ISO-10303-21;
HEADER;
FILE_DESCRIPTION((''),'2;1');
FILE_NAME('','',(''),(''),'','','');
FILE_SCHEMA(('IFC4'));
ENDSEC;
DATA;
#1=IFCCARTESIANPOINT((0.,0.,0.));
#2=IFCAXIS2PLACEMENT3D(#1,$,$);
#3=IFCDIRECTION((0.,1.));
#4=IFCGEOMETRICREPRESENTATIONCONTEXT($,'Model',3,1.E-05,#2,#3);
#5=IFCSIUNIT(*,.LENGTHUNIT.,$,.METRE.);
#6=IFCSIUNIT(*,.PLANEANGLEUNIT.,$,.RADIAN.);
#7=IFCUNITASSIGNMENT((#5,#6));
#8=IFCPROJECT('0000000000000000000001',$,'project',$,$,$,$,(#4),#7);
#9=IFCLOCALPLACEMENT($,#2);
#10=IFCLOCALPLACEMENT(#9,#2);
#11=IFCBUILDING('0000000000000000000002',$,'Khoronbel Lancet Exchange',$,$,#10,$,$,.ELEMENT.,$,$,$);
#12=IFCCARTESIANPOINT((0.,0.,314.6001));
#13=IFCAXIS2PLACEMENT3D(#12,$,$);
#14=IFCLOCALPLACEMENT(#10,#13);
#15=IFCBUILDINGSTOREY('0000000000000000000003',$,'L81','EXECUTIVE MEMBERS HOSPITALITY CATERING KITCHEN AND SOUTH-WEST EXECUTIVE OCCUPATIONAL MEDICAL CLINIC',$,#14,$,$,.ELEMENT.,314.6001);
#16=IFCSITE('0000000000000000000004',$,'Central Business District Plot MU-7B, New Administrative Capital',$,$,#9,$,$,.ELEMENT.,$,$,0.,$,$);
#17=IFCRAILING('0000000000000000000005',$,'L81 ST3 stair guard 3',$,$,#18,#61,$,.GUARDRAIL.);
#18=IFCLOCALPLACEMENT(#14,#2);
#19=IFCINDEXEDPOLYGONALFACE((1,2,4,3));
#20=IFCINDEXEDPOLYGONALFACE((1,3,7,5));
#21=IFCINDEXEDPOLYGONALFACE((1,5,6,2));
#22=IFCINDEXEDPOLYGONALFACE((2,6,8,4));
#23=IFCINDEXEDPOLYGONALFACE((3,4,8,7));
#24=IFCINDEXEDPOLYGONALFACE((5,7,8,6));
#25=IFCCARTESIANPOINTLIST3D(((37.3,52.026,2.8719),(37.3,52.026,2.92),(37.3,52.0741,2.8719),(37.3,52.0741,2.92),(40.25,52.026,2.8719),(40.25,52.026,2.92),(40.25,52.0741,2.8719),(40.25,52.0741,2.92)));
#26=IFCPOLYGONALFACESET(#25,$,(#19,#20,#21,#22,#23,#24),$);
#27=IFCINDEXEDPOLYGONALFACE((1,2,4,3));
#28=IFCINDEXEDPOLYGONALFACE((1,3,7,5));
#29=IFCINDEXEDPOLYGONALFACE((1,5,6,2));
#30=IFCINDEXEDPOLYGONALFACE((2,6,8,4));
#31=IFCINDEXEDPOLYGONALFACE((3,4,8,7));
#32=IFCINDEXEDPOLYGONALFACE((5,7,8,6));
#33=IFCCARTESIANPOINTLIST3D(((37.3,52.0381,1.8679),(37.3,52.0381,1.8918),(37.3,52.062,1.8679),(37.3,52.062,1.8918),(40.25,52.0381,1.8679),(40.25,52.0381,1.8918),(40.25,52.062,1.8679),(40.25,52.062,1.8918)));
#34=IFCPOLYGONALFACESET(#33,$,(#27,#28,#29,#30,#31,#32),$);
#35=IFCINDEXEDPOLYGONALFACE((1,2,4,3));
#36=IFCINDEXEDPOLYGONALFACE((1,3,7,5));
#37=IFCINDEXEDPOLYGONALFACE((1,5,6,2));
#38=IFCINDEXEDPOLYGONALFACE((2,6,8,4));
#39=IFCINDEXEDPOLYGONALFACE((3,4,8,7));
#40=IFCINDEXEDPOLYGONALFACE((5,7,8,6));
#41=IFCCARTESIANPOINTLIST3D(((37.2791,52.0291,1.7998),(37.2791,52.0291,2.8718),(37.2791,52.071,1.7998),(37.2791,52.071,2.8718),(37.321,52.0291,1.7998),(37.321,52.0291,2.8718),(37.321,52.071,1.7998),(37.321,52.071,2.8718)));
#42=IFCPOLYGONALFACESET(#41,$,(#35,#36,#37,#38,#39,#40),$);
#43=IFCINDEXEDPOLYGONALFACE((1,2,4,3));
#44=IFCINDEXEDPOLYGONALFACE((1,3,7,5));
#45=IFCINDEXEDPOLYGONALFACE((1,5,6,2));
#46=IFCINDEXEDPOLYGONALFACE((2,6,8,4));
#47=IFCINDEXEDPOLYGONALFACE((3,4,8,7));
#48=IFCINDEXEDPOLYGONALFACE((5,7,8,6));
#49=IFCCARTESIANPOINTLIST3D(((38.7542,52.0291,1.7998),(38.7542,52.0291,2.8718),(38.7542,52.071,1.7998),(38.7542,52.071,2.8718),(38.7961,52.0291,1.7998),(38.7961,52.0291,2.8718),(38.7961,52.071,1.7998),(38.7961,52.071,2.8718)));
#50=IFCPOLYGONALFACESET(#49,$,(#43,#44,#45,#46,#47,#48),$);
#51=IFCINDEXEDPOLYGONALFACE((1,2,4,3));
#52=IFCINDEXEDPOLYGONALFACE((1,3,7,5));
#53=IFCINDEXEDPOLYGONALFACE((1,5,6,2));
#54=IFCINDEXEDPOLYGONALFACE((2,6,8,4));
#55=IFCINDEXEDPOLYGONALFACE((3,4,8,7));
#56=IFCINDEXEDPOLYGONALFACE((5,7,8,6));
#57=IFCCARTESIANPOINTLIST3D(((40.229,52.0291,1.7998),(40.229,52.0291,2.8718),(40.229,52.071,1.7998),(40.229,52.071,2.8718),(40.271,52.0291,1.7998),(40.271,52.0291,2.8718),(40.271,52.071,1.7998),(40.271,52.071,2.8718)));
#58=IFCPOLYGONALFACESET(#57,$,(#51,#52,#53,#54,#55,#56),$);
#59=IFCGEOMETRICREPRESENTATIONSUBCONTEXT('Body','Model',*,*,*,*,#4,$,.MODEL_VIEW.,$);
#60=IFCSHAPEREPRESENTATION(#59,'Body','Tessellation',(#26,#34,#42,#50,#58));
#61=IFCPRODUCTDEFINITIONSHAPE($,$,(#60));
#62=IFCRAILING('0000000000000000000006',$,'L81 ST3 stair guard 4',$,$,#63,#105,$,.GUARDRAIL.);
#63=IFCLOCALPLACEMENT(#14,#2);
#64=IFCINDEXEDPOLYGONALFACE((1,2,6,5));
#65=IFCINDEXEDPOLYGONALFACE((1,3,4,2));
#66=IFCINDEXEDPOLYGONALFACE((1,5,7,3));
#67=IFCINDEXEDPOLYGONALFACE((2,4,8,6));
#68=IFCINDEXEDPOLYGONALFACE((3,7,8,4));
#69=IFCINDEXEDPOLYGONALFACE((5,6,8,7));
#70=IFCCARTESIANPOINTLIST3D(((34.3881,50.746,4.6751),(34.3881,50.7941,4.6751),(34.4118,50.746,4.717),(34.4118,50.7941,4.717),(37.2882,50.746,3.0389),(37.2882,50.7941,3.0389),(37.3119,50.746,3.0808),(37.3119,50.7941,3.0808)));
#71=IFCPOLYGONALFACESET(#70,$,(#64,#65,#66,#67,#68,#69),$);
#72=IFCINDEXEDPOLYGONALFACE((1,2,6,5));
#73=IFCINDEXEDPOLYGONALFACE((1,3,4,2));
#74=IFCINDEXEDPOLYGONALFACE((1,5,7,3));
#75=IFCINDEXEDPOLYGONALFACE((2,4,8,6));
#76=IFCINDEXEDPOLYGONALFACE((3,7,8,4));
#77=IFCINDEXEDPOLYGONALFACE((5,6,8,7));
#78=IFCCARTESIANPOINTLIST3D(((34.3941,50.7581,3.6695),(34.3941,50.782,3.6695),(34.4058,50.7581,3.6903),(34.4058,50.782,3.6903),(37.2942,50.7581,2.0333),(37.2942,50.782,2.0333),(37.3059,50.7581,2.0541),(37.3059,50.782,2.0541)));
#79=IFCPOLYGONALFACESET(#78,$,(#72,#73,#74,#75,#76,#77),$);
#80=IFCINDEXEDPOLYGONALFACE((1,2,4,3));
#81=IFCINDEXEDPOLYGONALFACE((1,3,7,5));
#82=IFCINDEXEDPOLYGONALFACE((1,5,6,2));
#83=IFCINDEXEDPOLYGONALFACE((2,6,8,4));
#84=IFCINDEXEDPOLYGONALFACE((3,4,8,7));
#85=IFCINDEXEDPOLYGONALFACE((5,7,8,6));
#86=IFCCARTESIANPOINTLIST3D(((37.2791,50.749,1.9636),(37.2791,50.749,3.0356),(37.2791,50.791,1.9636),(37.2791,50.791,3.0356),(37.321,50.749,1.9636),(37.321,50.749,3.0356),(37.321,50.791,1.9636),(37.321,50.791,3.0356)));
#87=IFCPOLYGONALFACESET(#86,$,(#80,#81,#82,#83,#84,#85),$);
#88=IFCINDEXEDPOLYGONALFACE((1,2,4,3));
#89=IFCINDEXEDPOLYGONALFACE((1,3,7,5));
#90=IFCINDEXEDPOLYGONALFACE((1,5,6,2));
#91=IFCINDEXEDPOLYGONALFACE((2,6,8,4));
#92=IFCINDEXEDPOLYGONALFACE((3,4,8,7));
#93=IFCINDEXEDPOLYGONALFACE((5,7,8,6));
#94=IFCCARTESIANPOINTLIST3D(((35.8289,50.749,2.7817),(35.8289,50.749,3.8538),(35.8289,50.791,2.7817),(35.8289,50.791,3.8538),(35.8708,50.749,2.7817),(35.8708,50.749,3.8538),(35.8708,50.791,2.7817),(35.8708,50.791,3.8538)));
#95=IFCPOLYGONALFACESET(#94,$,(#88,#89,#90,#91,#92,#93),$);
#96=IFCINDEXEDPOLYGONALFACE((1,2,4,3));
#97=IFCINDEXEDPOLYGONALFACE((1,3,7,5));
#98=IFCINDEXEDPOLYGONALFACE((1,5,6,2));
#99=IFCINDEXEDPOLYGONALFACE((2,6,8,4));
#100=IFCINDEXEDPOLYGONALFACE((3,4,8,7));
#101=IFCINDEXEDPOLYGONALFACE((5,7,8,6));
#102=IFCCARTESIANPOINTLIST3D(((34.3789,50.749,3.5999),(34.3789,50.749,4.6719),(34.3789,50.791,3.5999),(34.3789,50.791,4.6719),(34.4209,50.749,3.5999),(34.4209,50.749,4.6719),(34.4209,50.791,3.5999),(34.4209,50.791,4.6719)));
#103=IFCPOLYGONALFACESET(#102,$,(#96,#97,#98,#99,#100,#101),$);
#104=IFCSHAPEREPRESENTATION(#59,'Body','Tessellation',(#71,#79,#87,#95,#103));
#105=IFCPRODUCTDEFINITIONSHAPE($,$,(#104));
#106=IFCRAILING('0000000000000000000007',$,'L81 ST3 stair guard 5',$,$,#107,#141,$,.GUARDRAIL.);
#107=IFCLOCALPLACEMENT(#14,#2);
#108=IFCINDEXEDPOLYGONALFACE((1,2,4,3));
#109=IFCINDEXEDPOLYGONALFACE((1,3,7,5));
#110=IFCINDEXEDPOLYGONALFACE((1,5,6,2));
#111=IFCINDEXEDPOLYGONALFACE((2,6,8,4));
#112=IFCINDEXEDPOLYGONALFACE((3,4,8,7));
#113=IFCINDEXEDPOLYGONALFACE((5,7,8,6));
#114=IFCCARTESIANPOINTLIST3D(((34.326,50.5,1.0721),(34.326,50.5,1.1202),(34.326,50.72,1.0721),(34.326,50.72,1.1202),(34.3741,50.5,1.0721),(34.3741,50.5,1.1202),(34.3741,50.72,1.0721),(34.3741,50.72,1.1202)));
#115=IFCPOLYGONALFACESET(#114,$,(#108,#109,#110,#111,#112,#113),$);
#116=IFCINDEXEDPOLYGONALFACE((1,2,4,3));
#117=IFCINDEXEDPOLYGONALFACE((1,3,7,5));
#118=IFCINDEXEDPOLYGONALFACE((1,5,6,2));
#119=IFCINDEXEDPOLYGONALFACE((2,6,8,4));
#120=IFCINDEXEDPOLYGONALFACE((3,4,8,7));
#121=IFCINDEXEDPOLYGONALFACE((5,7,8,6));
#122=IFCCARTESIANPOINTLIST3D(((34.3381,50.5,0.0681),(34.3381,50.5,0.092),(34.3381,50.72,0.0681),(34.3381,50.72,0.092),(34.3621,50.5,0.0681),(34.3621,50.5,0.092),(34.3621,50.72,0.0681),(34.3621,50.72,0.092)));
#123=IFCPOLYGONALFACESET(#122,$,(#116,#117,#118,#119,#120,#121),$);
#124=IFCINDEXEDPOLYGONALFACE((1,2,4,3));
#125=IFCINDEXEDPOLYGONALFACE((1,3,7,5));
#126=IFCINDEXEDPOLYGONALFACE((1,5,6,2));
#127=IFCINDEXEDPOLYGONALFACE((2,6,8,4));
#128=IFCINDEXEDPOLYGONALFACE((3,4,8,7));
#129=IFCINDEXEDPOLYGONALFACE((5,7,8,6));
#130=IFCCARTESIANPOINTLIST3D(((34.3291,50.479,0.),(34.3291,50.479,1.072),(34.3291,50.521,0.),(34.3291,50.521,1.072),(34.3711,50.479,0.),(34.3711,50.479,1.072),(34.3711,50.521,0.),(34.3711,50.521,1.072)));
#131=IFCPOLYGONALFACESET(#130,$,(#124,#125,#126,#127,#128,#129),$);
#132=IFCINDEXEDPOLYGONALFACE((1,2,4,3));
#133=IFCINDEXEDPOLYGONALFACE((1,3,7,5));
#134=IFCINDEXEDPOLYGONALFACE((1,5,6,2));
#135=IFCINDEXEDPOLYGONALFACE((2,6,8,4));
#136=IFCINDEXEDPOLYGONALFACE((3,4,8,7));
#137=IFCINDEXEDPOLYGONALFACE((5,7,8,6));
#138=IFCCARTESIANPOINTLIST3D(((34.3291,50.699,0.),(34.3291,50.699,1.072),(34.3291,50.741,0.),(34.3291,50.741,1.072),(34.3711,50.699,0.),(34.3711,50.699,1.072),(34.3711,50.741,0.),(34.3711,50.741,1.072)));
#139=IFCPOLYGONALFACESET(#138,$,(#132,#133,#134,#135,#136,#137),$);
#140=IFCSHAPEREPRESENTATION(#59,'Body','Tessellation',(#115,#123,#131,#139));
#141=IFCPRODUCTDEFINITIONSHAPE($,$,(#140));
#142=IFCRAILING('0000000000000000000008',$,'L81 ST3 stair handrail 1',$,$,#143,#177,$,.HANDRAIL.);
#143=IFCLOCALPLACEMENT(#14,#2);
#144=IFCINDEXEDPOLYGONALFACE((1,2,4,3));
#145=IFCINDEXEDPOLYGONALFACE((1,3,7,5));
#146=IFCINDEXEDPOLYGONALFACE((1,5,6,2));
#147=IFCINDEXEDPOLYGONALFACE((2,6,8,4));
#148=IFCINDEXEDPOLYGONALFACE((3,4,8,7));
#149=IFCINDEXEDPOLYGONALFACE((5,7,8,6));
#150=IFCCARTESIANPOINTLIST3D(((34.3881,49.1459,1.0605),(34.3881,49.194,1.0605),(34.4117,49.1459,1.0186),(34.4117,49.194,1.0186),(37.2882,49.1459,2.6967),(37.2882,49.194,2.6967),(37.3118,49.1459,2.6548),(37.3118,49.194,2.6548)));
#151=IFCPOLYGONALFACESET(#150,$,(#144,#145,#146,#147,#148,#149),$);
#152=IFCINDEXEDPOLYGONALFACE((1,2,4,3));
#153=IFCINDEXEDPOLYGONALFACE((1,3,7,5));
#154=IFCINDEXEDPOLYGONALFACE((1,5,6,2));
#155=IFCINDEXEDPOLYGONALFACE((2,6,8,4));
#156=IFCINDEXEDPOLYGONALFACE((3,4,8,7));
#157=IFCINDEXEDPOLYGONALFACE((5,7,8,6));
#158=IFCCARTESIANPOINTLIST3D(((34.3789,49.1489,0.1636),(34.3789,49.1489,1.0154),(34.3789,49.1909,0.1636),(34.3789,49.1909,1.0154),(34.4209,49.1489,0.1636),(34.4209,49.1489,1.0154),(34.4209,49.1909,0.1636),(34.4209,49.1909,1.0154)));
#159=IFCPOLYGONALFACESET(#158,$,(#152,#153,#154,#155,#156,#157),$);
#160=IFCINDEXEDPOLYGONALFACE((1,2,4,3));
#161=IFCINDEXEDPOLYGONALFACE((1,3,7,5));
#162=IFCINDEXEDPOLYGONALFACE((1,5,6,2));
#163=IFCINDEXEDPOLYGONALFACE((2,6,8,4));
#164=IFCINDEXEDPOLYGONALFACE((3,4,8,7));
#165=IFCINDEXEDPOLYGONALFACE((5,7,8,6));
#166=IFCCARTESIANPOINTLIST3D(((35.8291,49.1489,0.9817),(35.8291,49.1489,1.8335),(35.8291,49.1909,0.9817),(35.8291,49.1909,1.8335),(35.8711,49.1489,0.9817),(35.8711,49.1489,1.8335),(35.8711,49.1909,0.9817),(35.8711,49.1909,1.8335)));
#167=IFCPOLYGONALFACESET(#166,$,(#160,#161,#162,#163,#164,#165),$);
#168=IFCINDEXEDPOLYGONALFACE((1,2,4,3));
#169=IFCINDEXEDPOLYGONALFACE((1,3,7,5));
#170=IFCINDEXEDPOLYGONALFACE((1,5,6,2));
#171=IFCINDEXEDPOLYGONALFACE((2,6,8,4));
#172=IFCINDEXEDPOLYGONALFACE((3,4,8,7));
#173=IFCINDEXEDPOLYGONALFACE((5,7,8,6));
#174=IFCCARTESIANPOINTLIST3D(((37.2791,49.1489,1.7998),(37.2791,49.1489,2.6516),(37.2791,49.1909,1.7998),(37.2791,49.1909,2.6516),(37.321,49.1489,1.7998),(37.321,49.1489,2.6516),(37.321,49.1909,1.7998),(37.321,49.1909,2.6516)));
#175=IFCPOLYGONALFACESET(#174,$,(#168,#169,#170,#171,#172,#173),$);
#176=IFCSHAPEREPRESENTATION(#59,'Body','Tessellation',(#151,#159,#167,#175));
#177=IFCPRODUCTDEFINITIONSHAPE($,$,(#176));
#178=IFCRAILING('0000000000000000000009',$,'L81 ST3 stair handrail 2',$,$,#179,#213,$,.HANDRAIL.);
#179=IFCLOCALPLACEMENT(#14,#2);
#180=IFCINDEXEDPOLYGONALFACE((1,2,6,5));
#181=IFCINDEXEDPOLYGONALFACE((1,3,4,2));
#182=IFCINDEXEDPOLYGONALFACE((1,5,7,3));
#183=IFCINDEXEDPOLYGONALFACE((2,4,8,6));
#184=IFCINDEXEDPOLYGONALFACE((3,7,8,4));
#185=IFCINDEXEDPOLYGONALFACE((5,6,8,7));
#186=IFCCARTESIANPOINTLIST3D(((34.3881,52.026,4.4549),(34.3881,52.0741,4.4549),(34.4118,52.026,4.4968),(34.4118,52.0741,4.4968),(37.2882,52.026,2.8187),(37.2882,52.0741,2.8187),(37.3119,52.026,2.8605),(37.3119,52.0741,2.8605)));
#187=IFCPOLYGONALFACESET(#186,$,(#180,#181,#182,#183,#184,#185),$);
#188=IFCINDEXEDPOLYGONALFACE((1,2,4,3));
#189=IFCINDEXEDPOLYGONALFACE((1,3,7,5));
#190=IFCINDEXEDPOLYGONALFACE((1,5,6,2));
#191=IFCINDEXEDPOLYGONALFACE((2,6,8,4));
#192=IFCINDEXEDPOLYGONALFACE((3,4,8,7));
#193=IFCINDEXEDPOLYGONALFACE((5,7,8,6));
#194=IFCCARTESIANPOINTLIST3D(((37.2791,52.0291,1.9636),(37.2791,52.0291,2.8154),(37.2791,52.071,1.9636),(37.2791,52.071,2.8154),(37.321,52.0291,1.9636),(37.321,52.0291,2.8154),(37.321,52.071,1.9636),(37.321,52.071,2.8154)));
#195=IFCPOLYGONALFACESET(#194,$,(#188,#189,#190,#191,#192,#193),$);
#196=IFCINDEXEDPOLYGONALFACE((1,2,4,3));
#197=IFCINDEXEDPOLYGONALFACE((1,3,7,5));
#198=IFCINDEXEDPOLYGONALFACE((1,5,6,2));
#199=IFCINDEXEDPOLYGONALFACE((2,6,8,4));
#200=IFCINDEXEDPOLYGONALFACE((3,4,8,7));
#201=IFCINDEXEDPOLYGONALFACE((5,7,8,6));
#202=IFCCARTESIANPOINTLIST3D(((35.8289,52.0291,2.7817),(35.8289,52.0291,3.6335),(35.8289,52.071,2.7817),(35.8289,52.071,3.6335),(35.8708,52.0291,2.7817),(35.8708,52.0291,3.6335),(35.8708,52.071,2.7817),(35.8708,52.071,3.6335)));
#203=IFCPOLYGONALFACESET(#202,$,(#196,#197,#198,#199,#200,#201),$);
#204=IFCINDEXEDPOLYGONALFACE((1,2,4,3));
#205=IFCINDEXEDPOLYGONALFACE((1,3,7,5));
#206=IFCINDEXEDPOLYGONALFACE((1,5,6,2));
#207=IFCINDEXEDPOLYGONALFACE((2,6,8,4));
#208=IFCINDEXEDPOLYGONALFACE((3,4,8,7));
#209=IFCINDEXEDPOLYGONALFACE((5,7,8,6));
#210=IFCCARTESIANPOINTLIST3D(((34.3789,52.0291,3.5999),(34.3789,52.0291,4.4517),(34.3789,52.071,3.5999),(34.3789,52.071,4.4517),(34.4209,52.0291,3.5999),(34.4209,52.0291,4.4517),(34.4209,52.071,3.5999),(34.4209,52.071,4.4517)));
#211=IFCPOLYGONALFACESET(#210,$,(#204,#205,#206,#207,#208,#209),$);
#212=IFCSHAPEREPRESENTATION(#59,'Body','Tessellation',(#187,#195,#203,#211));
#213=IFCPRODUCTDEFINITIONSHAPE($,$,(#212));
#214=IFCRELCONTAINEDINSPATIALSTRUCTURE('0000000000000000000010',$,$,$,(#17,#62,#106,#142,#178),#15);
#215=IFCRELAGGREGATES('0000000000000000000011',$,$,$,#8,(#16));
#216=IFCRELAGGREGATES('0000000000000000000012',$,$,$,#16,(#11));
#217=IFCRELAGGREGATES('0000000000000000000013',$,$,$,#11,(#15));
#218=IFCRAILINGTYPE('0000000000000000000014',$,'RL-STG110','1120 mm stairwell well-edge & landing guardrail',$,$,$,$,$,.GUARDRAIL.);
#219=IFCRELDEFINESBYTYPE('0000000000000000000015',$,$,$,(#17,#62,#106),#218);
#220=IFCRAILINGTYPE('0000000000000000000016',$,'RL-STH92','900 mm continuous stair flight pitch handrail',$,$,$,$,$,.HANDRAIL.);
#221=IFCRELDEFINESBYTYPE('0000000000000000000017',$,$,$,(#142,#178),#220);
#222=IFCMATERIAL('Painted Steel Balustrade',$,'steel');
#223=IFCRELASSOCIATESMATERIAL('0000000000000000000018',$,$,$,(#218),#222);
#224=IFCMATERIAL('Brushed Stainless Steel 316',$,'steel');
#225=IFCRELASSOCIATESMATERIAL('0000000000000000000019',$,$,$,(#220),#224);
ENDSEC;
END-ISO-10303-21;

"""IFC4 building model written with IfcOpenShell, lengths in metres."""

from ifc_helpers import new_model, si_unit, direction, frame, origin, origin_2d, place, context, subcontext, project, spatial, rectangle, extrude, material, type_object, element, save


model = new_model("IFC4")

# Units and contexts
model_context = context("Model", 3, precision=1e-05, world=origin(), true_north=direction((0.0, 1.0)))
body_context = subcontext(model_context, "Body", "Model", "MODEL_VIEW")
ifc_project = project(units=[si_unit("LENGTHUNIT", "METRE"), si_unit("PLANEANGLEUNIT", "RADIAN")], contexts=[model_context])

# Site, building, storey
site_placement = place(None, origin())
site = spatial("IfcSite", under=ifc_project, at=site_placement, Name="Central Business District Plot MU-7B, New Administrative Capital", CompositionType="ELEMENT", RefElevation=0.0)
building_placement = place(site_placement, origin())
building = spatial("IfcBuilding", under=site, at=building_placement, Name="Khoronbel Lancet Exchange", CompositionType="ELEMENT")
storey_placement = place(building_placement, frame((0.0, 0.0, 314.6001)))
storey = spatial("IfcBuildingStorey", under=building, at=storey_placement, Name="L81", Description="EXECUTIVE MEMBERS HOSPITALITY CATERING KITCHEN AND SOUTH-WEST EXECUTIVE OCCUPATIONAL MEDICAL CLINIC", CompositionType="ELEMENT", Elevation=314.6001)

# Railings
ifc_material_1 = material(Name="Painted Steel Balustrade", Category="steel")
railing_type_1 = type_object("IfcRailingType", Name="RL-STG110", Description="1120 mm stairwell well-edge & landing guardrail", PredefinedType="GUARDRAIL", material=ifc_material_1)
railing_1_placement = place(storey_placement, frame((37.3, 52.05, 1.7998)))
element("IfcRailing", 1, at=railing_1_placement, inside=storey, type_object=railing_type_1, Name="L81 ST3 stair guard 3", PredefinedType="GUARDRAIL", context=body_context, shape_type="SweptSolid", body=[
    extrude(rectangle(XDim=0.0481, YDim=0.0481, at=origin_2d()), frame((0.0, 0.0, 1.0962), z_axis=(1.0, 0.0, 0.0), x_axis=(0.0, 1.0, 0.0)), (0.0, 0.0, 1.0), 2.95),
    extrude(rectangle(XDim=0.0239, YDim=0.0239, at=origin_2d()), frame((0.0, 0.0, 0.0801), z_axis=(1.0, 0.0, 0.0), x_axis=(0.0, 1.0, 0.0)), (0.0, 0.0, 1.0), 2.95),
    extrude(rectangle(XDim=0.042, YDim=0.042, at=origin_2d()), origin(), (0.0, 0.0, 1.0), 1.072),
    extrude(rectangle(XDim=0.042, YDim=0.042, at=origin_2d()), frame((1.4751, 0.0, 0.0)), (0.0, 0.0, 1.0), 1.072),
    extrude(rectangle(XDim=0.042, YDim=0.042, at=origin_2d()), frame((2.95, 0.0, 0.0)), (0.0, 0.0, 1.0), 1.072),
])
railing_2_placement = place(storey_placement, frame((37.3, 50.77, 1.9636)))
element("IfcRailing", 2, at=railing_2_placement, inside=storey, type_object=railing_type_1, Name="L81 ST3 stair guard 4", PredefinedType="GUARDRAIL", context=body_context, shape_type="SweptSolid", body=[
    extrude(rectangle(XDim=0.0481, YDim=0.0481, at=origin_2d()), frame((0.0, 0.0, 1.0962), z_axis=(-0.870946, 0.0, 0.491378), x_axis=(0.0, -1.0, 0.0)), (0.0, 0.0, 1.0), 3.3298),
    extrude(rectangle(XDim=0.0239, YDim=0.0239, at=origin_2d()), frame((0.0, 0.0, 0.0801), z_axis=(-0.870946, 0.0, 0.491378), x_axis=(0.0, -1.0, 0.0)), (0.0, 0.0, 1.0), 3.3298),
    extrude(rectangle(XDim=0.042, YDim=0.042, at=origin_2d()), origin(), (0.0, 0.0, 1.0), 1.072),
    extrude(rectangle(XDim=0.042, YDim=0.042, at=origin_2d()), frame((-1.4502, 0.0, 0.8181)), (0.0, 0.0, 1.0), 1.072),
    extrude(rectangle(XDim=0.042, YDim=0.042, at=origin_2d()), frame((-2.9001, 0.0, 1.6362)), (0.0, 0.0, 1.0), 1.072),
])
railing_3_placement = place(storey_placement, frame((34.3501, 50.5, 0.0)))
element("IfcRailing", 3, at=railing_3_placement, inside=storey, type_object=railing_type_1, Name="L81 ST3 stair guard 5", PredefinedType="GUARDRAIL", context=body_context, shape_type="SweptSolid", body=[
    extrude(rectangle(XDim=0.0481, YDim=0.0481, at=origin_2d()), frame((0.0, 0.0, 1.0962), z_axis=(0.0, 1.0, 0.0), x_axis=(-1.0, 0.0, 0.0)), (0.0, 0.0, 1.0), 0.22),
    extrude(rectangle(XDim=0.0239, YDim=0.0239, at=origin_2d()), frame((0.0, 0.0, 0.0801), z_axis=(0.0, 1.0, 0.0), x_axis=(-1.0, 0.0, 0.0)), (0.0, 0.0, 1.0), 0.22),
    extrude(rectangle(XDim=0.042, YDim=0.042, at=origin_2d()), origin(), (0.0, 0.0, 1.0), 1.072),
    extrude(rectangle(XDim=0.042, YDim=0.042, at=origin_2d()), frame((0.0, 0.22, 0.0)), (0.0, 0.0, 1.0), 1.072),
])
ifc_material_2 = material(Name="Brushed Stainless Steel 316", Category="steel")
railing_type_2 = type_object("IfcRailingType", Name="RL-STH92", Description="900 mm continuous stair flight pitch handrail", PredefinedType="HANDRAIL", material=ifc_material_2)
railing_4_placement = place(storey_placement, frame((34.3999, 49.1699, 0.1636)))
element("IfcRailing", 4, at=railing_4_placement, inside=storey, type_object=railing_type_2, Name="L81 ST3 stair handrail 1", PredefinedType="HANDRAIL", context=body_context, shape_type="SweptSolid", body=[
    extrude(rectangle(XDim=0.0481, YDim=0.0481, at=origin_2d()), frame((0.0, 0.0, 0.876), z_axis=(0.870946, 0.0, 0.491378), x_axis=(0.0, 1.0, 0.0)), (0.0, 0.0, 1.0), 3.3298),
    extrude(rectangle(XDim=0.042, YDim=0.042, at=origin_2d()), origin(), (0.0, 0.0, 1.0), 0.8518),
    extrude(rectangle(XDim=0.042, YDim=0.042, at=origin_2d()), frame((1.4502, 0.0, 0.8181)), (0.0, 0.0, 1.0), 0.8518),
    extrude(rectangle(XDim=0.042, YDim=0.042, at=origin_2d()), frame((2.9001, 0.0, 1.6362)), (0.0, 0.0, 1.0), 0.8518),
])
railing_5_placement = place(storey_placement, frame((37.3, 52.05, 1.9636)))
element("IfcRailing", 5, at=railing_5_placement, inside=storey, type_object=railing_type_2, Name="L81 ST3 stair handrail 2", PredefinedType="HANDRAIL", context=body_context, shape_type="SweptSolid", body=[
    extrude(rectangle(XDim=0.0481, YDim=0.0481, at=origin_2d()), frame((0.0, 0.0, 0.876), z_axis=(-0.870946, 0.0, 0.491378), x_axis=(0.0, -1.0, 0.0)), (0.0, 0.0, 1.0), 3.3298),
    extrude(rectangle(XDim=0.042, YDim=0.042, at=origin_2d()), origin(), (0.0, 0.0, 1.0), 0.8518),
    extrude(rectangle(XDim=0.042, YDim=0.042, at=origin_2d()), frame((-1.4502, 0.0, 0.8181)), (0.0, 0.0, 1.0), 0.8518),
    extrude(rectangle(XDim=0.042, YDim=0.042, at=origin_2d()), frame((-2.9001, 0.0, 1.6362)), (0.0, 0.0, 1.0), 0.8518),
])

save(model, "model.ifc")
